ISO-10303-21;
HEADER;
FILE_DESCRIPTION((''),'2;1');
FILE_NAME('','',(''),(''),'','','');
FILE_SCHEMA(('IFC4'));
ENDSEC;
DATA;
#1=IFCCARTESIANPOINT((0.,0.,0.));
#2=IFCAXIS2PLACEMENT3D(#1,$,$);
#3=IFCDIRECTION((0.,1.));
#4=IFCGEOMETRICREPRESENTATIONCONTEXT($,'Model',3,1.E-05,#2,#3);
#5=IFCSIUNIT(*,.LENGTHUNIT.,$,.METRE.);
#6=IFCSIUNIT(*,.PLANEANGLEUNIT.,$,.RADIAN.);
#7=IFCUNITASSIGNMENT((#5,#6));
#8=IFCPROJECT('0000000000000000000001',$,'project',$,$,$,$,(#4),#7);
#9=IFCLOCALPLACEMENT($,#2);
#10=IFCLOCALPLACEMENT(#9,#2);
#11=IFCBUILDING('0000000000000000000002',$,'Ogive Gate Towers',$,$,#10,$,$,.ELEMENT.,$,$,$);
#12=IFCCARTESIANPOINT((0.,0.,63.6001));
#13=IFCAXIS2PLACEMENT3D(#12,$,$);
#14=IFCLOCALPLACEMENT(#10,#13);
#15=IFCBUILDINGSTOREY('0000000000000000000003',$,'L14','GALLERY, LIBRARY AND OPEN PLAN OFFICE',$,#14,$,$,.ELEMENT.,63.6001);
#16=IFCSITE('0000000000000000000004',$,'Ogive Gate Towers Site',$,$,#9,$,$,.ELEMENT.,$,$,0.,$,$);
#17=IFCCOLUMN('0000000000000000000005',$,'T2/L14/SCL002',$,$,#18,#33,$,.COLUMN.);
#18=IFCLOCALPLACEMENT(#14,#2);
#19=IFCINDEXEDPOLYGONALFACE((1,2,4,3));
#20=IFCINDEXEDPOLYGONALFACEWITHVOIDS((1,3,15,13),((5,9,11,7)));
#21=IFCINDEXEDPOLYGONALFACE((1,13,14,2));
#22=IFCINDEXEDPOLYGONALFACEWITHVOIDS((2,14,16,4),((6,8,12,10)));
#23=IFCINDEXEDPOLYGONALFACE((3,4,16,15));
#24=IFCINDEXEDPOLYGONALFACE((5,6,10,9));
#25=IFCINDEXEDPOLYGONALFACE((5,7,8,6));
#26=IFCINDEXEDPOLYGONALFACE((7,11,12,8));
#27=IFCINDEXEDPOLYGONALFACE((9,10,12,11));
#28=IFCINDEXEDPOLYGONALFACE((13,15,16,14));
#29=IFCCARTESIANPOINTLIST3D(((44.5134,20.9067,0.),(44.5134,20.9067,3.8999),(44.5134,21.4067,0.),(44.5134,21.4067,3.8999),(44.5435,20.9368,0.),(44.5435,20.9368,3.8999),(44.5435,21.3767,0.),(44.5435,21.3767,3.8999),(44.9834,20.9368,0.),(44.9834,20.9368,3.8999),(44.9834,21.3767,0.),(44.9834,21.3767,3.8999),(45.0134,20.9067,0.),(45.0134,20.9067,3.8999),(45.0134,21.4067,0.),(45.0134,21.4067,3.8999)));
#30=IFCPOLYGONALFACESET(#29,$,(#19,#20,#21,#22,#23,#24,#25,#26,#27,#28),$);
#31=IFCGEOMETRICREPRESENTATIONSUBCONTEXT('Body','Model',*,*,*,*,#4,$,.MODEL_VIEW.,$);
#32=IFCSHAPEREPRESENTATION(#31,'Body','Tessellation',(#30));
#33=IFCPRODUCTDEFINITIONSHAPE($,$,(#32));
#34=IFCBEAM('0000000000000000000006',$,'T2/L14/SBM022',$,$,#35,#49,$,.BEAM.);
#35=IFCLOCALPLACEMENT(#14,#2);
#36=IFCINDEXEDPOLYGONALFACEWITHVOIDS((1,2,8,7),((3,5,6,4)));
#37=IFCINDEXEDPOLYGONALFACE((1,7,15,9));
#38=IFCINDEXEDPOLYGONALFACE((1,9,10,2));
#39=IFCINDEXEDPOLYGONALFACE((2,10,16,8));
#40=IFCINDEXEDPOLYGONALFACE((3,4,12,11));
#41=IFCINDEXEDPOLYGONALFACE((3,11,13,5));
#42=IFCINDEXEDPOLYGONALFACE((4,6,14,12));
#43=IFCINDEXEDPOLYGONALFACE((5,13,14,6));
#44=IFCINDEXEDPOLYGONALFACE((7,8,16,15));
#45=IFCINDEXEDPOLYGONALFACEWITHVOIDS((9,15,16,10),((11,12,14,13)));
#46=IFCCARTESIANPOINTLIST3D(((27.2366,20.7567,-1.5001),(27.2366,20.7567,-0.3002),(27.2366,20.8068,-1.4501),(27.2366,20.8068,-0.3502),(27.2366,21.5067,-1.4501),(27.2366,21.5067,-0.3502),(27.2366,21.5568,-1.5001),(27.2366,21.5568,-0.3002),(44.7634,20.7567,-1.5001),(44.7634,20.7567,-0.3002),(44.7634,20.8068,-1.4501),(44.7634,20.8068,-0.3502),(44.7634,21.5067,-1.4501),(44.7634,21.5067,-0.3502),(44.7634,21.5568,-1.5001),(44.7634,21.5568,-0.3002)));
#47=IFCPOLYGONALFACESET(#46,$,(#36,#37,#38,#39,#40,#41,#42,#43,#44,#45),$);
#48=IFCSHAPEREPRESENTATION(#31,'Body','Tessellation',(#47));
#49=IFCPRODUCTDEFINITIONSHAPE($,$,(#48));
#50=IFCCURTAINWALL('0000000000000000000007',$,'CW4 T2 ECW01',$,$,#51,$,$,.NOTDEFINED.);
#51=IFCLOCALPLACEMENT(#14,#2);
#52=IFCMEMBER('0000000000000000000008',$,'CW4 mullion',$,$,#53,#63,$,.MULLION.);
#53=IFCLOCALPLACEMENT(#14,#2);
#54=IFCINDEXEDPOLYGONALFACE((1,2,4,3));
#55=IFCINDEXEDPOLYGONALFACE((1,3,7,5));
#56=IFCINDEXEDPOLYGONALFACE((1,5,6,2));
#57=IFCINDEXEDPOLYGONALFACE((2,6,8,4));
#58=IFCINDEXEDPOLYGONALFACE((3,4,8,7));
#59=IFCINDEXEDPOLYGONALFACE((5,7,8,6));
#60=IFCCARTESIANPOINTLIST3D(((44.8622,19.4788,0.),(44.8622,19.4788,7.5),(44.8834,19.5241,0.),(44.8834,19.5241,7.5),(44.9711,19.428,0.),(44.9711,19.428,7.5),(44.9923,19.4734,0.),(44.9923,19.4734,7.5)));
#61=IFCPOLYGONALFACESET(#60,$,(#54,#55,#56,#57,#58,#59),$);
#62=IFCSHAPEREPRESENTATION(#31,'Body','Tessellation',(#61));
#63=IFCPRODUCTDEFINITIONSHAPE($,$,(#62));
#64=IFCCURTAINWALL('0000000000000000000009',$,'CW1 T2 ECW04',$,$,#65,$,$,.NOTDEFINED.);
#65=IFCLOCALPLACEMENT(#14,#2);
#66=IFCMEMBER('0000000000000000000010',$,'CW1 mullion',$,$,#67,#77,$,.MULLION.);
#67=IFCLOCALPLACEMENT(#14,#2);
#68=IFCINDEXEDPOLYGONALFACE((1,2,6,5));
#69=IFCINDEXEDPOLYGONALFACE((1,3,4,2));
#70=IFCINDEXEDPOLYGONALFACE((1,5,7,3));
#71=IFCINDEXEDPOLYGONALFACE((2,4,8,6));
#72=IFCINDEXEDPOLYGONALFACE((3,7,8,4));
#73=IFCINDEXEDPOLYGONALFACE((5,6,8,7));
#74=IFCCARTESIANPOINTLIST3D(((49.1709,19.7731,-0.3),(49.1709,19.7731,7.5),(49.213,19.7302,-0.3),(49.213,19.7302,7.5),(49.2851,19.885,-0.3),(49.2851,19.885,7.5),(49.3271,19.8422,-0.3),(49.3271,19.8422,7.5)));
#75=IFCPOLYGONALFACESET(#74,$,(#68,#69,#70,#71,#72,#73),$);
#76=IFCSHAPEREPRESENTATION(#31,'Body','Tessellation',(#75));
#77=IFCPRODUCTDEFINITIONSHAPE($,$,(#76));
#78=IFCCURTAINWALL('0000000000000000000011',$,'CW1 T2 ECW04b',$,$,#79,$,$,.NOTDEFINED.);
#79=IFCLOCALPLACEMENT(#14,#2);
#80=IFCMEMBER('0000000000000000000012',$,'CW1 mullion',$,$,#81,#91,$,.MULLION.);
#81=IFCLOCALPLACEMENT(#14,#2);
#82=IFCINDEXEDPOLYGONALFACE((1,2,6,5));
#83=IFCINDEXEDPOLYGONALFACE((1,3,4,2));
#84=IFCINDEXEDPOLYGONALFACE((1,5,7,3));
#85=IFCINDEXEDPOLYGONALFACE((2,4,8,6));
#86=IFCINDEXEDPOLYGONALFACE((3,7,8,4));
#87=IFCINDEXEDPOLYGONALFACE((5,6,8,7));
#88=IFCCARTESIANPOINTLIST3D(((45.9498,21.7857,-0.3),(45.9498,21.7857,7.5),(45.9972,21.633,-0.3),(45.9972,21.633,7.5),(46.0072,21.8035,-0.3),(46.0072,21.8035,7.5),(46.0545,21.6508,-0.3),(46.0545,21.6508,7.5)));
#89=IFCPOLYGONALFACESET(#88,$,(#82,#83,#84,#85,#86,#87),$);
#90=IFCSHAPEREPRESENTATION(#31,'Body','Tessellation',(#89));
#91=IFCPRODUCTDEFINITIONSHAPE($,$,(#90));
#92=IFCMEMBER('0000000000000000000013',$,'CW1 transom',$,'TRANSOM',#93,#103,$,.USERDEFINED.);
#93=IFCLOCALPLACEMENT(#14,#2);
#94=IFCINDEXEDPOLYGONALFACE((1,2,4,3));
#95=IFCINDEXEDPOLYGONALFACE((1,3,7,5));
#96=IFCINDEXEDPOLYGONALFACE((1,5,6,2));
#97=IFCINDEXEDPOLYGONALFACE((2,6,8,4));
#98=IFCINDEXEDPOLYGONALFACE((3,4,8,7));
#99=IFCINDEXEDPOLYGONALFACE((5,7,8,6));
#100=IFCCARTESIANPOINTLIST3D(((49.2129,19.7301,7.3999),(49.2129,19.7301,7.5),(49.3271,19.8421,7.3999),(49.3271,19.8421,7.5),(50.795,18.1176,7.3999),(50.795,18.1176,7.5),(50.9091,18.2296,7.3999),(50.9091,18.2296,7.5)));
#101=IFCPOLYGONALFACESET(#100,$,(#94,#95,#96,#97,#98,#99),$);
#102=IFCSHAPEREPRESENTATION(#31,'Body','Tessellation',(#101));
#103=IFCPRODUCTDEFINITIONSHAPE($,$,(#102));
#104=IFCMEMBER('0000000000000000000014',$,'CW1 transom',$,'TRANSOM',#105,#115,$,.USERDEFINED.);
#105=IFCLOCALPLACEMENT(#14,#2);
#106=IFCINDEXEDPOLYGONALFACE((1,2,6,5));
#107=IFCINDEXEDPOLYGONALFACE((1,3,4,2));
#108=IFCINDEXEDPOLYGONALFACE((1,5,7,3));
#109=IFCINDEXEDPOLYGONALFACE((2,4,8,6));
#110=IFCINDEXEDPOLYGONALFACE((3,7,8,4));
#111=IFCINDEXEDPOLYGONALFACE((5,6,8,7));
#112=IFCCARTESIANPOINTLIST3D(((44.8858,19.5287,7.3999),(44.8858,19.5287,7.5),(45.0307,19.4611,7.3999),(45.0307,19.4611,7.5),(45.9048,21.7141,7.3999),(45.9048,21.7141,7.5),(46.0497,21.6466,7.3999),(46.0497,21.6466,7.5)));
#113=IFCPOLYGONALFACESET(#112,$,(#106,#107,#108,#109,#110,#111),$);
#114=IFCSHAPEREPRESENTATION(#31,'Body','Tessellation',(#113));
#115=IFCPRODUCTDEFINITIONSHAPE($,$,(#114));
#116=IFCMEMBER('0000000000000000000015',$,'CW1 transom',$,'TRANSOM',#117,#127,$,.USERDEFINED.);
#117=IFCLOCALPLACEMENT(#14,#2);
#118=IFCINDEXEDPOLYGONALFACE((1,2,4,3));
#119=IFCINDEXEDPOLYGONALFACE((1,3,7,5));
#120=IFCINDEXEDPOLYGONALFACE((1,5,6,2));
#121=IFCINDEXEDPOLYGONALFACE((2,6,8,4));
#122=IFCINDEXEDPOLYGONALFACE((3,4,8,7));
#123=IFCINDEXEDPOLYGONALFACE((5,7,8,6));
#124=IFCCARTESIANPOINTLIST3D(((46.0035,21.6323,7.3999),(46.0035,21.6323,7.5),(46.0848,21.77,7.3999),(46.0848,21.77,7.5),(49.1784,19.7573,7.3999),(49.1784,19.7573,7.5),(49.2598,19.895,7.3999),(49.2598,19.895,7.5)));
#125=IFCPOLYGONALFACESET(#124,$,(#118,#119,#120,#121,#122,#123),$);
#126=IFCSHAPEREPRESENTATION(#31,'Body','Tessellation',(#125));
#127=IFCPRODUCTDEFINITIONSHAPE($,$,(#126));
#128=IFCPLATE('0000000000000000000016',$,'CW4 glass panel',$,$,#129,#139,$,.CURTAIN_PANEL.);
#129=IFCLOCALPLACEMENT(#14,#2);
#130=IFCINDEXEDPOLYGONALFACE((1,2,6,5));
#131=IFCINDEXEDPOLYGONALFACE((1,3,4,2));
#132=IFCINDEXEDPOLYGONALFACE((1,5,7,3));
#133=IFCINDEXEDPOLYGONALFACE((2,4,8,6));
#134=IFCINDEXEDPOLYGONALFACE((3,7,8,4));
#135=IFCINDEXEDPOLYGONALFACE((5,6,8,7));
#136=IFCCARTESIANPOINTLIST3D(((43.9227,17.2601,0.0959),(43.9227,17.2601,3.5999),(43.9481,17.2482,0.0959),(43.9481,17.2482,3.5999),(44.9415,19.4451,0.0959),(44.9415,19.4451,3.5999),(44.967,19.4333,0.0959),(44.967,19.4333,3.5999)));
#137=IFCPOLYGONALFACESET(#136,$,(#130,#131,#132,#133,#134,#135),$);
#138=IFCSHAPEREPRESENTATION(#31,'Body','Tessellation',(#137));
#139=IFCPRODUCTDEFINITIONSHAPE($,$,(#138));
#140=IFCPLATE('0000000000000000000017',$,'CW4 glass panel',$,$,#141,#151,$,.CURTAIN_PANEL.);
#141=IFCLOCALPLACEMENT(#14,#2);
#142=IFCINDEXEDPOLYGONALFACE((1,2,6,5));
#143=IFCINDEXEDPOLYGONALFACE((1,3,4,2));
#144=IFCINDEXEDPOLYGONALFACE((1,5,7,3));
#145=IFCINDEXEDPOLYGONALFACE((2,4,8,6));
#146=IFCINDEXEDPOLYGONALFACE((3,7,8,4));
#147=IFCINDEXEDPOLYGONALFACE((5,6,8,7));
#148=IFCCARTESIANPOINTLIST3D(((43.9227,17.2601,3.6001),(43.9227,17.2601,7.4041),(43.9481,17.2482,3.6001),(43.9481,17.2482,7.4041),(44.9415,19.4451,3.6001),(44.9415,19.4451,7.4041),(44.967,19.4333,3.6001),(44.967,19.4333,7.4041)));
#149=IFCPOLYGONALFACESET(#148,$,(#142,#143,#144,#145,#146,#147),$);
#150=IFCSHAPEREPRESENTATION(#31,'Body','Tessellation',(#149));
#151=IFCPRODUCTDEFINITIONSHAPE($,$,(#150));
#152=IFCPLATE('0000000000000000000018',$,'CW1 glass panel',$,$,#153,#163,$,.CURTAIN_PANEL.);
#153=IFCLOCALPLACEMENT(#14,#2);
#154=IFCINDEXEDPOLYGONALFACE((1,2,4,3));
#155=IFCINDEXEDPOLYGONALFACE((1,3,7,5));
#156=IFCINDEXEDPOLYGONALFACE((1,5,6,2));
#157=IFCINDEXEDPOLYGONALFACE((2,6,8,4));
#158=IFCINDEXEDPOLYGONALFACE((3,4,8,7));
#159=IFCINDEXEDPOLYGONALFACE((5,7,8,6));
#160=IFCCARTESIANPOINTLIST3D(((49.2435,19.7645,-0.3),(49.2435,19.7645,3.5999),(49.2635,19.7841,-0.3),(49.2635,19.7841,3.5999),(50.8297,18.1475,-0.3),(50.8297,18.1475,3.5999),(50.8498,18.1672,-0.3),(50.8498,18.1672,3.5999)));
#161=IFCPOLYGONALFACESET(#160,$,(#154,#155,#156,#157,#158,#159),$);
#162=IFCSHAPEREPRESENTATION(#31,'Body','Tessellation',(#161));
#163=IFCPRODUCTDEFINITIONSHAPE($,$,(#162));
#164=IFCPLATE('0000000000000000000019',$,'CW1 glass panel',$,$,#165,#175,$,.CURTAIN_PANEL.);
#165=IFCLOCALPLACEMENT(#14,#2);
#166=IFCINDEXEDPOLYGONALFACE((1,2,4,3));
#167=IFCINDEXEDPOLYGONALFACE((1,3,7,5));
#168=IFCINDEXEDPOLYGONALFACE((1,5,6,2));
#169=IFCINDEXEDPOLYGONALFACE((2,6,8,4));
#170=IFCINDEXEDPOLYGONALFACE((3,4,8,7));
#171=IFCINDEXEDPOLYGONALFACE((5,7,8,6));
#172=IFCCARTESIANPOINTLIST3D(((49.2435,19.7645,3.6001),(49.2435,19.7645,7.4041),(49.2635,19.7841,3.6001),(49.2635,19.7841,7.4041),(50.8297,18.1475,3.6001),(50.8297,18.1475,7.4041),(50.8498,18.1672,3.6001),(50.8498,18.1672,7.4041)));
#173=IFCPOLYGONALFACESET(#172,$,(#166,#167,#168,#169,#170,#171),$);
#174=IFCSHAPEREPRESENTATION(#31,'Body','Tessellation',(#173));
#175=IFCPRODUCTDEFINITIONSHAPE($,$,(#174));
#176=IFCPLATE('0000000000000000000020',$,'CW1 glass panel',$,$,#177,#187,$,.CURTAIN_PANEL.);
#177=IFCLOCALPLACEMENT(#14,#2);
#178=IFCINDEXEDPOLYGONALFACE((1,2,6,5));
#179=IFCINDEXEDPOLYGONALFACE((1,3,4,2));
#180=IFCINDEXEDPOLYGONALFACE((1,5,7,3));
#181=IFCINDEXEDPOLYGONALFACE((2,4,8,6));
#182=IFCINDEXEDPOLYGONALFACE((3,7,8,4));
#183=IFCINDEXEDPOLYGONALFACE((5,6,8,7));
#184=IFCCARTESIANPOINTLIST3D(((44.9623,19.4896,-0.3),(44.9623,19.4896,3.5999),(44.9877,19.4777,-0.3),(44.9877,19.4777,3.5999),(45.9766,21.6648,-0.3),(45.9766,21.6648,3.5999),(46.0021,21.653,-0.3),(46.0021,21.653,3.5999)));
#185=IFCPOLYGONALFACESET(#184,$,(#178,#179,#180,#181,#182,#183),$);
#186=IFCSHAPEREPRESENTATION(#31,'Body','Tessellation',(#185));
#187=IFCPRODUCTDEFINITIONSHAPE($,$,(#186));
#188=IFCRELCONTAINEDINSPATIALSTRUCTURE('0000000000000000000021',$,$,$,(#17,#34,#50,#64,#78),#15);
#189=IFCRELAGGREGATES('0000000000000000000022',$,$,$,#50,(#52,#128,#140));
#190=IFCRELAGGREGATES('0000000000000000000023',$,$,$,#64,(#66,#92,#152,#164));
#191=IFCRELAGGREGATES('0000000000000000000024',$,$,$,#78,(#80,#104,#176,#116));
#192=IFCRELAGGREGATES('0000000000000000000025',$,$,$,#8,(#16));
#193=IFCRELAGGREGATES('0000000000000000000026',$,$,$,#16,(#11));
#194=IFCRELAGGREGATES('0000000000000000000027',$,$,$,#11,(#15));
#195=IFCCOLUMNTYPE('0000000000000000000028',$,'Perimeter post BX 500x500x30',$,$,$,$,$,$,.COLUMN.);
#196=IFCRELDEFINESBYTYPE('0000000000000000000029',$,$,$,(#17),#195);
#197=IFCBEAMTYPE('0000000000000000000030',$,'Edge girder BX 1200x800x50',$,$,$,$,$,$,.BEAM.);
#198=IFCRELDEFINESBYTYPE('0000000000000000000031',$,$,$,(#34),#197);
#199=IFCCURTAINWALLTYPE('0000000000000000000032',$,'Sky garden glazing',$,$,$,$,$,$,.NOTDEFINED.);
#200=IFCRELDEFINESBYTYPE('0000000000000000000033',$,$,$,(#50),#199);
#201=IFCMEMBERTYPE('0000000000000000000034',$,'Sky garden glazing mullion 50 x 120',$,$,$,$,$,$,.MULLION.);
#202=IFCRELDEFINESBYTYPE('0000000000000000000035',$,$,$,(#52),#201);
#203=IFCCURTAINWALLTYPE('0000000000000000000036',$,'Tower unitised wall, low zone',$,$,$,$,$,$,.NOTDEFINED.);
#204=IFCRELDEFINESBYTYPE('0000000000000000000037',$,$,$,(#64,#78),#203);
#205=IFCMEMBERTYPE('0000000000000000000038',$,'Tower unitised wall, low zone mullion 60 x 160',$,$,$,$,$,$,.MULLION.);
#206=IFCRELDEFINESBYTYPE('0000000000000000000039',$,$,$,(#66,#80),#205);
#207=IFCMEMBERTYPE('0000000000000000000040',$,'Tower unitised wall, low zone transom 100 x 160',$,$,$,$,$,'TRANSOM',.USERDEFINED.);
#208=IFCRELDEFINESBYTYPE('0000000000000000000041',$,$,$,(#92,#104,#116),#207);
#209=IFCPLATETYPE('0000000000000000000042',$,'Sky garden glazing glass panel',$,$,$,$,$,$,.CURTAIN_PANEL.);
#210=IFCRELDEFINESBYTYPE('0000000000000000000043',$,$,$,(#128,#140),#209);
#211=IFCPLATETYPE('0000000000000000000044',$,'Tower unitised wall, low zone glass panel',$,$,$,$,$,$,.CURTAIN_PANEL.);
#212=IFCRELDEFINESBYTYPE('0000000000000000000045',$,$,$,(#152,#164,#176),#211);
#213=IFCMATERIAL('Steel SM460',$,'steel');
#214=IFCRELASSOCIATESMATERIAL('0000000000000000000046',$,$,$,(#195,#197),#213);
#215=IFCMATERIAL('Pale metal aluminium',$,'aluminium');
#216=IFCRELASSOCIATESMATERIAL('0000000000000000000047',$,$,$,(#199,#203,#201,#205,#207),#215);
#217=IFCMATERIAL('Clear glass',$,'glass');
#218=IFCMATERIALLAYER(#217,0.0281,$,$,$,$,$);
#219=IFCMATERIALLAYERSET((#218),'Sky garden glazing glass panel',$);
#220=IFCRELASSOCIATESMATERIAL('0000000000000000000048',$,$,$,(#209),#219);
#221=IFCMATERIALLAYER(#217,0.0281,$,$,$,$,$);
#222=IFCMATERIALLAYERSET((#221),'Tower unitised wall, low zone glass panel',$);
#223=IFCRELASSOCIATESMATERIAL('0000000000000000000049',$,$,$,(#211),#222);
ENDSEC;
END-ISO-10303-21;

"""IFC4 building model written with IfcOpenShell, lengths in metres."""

from ifc_helpers import new_model, si_unit, direction, frame, origin, origin_2d, place, context, subcontext, project, spatial, rectangle, hollow_rectangle, extrude, material, layer, layer_set, material_profile, profile_set, type_object, element, aggregate, save


model = new_model("IFC4")

# Units and contexts
model_context = context("Model", 3, precision=1e-05, world=origin(), true_north=direction((0.0, 1.0)))
body_context = subcontext(model_context, "Body", "Model", "MODEL_VIEW")
ifc_project = project(units=[si_unit("LENGTHUNIT", "METRE"), si_unit("PLANEANGLEUNIT", "RADIAN")], contexts=[model_context])

# Site, building, storey
site_placement = place(None, origin())
site = spatial("IfcSite", under=ifc_project, at=site_placement, Name="Ogive Gate Towers Site", CompositionType="ELEMENT", RefElevation=0.0)
building_placement = place(site_placement, origin())
building = spatial("IfcBuilding", under=site, at=building_placement, Name="Ogive Gate Towers", CompositionType="ELEMENT")
storey_placement = place(building_placement, frame((0.0, 0.0, 63.6001)))
storey = spatial("IfcBuildingStorey", under=building, at=storey_placement, Name="L14", Description="GALLERY, LIBRARY AND OPEN PLAN OFFICE", CompositionType="ELEMENT", Elevation=63.6001)

# Column
ifc_material_1 = material(Name="Steel SM460", Category="steel")
ifc_material_profile_1 = material_profile(ifc_material_1, hollow_rectangle(XDim=0.5, YDim=0.5, WallThickness=0.03, at=origin_2d()), Name="BX 500x500x30")
ifc_profile_set_1 = profile_set([ifc_material_profile_1], Name="Steel SM460")
column_type = type_object("IfcColumnType", Name="Perimeter post BX 500x500x30", PredefinedType="COLUMN", material=ifc_profile_set_1)
column_placement = place(storey_placement, frame((44.7634, 21.1567, 0.0), z_axis=(0.0, 0.0, 1.0), x_axis=(1.0, 0.0, 0.0)))
element("IfcColumn", 1, at=column_placement, inside=storey, type_object=column_type, Name="T2/L14/SCL002", PredefinedType="COLUMN", context=body_context, shape_type="SweptSolid", body=[
    extrude(hollow_rectangle(XDim=0.5, YDim=0.5, WallThickness=0.03, at=origin_2d()), origin(), (0.0, 0.0, 1.0), 3.8999),
])

# Beam
ifc_material_profile_2 = material_profile(ifc_material_1, hollow_rectangle(XDim=0.8, YDim=1.2, WallThickness=0.05, at=origin_2d()), Name="BX 1200x800x50")
ifc_profile_set_2 = profile_set([ifc_material_profile_2], Name="Steel SM460")
beam_type = type_object("IfcBeamType", Name="Edge girder BX 1200x800x50", PredefinedType="BEAM", material=ifc_profile_set_2)
beam_placement = place(storey_placement, frame((44.7634, 21.1567, -0.9001), z_axis=(-1.0, 0.0, 0.0), x_axis=(0.0, -1.0, 0.0)))
element("IfcBeam", 2, at=beam_placement, inside=storey, type_object=beam_type, Name="T2/L14/SBM022", PredefinedType="BEAM", context=body_context, shape_type="SweptSolid", body=[
    extrude(hollow_rectangle(XDim=0.8, YDim=1.2, WallThickness=0.05, at=origin_2d()), origin(), (0.0, 0.0, 1.0), 17.5269),
])

# Curtain walls, members
ifc_material_2 = material(Name="Pale metal aluminium", Category="aluminium")
curtain_wall_type_1 = type_object("IfcCurtainWallType", Name="Sky garden glazing", PredefinedType="NOTDEFINED", material=ifc_material_2)
curtain_wall_1_placement = place(storey_placement, origin())
curtain_wall_1 = element("IfcCurtainWall", 3, at=curtain_wall_1_placement, inside=storey, type_object=curtain_wall_type_1, Name="CW4 T2 ECW01", PredefinedType="NOTDEFINED")
ifc_material_profile_3 = material_profile(ifc_material_2, rectangle(XDim=0.1201, YDim=0.05, at=origin_2d()), Name="50 x 120 aluminium box")
ifc_profile_set_3 = profile_set([ifc_material_profile_3], Name="Pale metal aluminium")
member_type_1 = type_object("IfcMemberType", Name="Sky garden glazing mullion 50 x 120", PredefinedType="MULLION", material=ifc_profile_set_3)
member_1_placement = place(storey_placement, frame((44.9272, 19.4761, 0.0), z_axis=(0.0, 0.0, 1.0), x_axis=(0.906323, -0.422587, 0.0)))
member_1 = element("IfcMember", 4, at=member_1_placement, type_object=member_type_1, Name="CW4 mullion", PredefinedType="MULLION", context=body_context, shape_type="SweptSolid", body=[
    extrude(rectangle(XDim=0.1201, YDim=0.05, at=origin_2d()), origin(), (0.0, 0.0, 1.0), 7.5),
])
curtain_wall_type_2 = type_object("IfcCurtainWallType", Name="Tower unitised wall, low zone", PredefinedType="NOTDEFINED", material=ifc_material_2)
curtain_wall_2_placement = place(storey_placement, origin())
curtain_wall_2 = element("IfcCurtainWall", 5, at=curtain_wall_2_placement, inside=storey, type_object=curtain_wall_type_2, Name="CW1 T2 ECW04", PredefinedType="NOTDEFINED")
ifc_material_profile_4 = material_profile(ifc_material_2, rectangle(XDim=0.1599, YDim=0.0601, at=origin_2d()), Name="60 x 160 aluminium box")
ifc_profile_set_4 = profile_set([ifc_material_profile_4], Name="Pale metal aluminium")
member_type_2 = type_object("IfcMemberType", Name="Tower unitised wall, low zone mullion 60 x 160", PredefinedType="MULLION", material=ifc_profile_set_4)
member_2_placement = place(storey_placement, frame((49.249, 19.8076, -0.3), z_axis=(0.0, 0.0, 1.0), x_axis=(-0.713862, -0.700287, 0.0)))
member_2 = element("IfcMember", 6, at=member_2_placement, type_object=member_type_2, Name="CW1 mullion", PredefinedType="MULLION", context=body_context, shape_type="SweptSolid", body=[
    extrude(rectangle(XDim=0.1599, YDim=0.0601, at=origin_2d()), origin(), (0.0, 0.0, 1.0), 7.8),
])
curtain_wall_3_placement = place(storey_placement, origin())
curtain_wall_3 = element("IfcCurtainWall", 7, at=curtain_wall_3_placement, inside=storey, type_object=curtain_wall_type_2, Name="CW1 T2 ECW04b", PredefinedType="NOTDEFINED")
member_3_placement = place(storey_placement, frame((46.0022, 21.7183, -0.3), z_axis=(0.0, 0.0, 1.0), x_axis=(0.295975, -0.955196, 0.0)))
member_3 = element("IfcMember", 8, at=member_3_placement, type_object=member_type_2, Name="CW1 mullion", PredefinedType="MULLION", context=body_context, shape_type="SweptSolid", body=[
    extrude(rectangle(XDim=0.1599, YDim=0.0601, at=origin_2d()), origin(), (0.0, 0.0, 1.0), 7.8),
])

# Members
ifc_material_profile_5 = material_profile(ifc_material_2, rectangle(XDim=0.1599, YDim=0.1001, at=origin_2d()), Name="100 x 160 aluminium box")
ifc_profile_set_5 = profile_set([ifc_material_profile_5], Name="Pale metal aluminium")
member_type_3 = type_object("IfcMemberType", Name="Tower unitised wall, low zone transom 100 x 160", ElementType="TRANSOM", PredefinedType="USERDEFINED", material=ifc_profile_set_5)
member_4_placement = place(storey_placement, frame((49.27, 19.7861, 7.45), z_axis=(0.70032, -0.713829, 0.0), x_axis=(0.713829, 0.70032, 0.0)))
member_4 = element("IfcMember", 9, at=member_4_placement, type_object=member_type_3, Name="CW1 transom", ObjectType="TRANSOM", PredefinedType="USERDEFINED", context=body_context, shape_type="SweptSolid", body=[
    extrude(rectangle(XDim=0.1599, YDim=0.1001, at=origin_2d()), origin(), (0.0, 0.0, 1.0), 2.259),
])
member_5_placement = place(storey_placement, frame((44.9583, 19.4949, 7.45), z_axis=(0.422586, 0.906323, 0.0), x_axis=(-0.906323, 0.422586, 0.0)))
member_5 = element("IfcMember", 10, at=member_5_placement, type_object=member_type_3, Name="CW1 transom", ObjectType="TRANSOM", PredefinedType="USERDEFINED", context=body_context, shape_type="SweptSolid", body=[
    extrude(rectangle(XDim=0.1599, YDim=0.1001, at=origin_2d()), origin(), (0.0, 0.0, 1.0), 2.4114),
])
member_6_placement = place(storey_placement, frame((46.0442, 21.7012, 7.45), z_axis=(0.861048, -0.508524, 0.0), x_axis=(0.508524, 0.861048, 0.0)))
member_6 = element("IfcMember", 11, at=member_6_placement, type_object=member_type_3, Name="CW1 transom", ObjectType="TRANSOM", PredefinedType="USERDEFINED", context=body_context, shape_type="SweptSolid", body=[
    extrude(rectangle(XDim=0.1599, YDim=0.1001, at=origin_2d()), origin(), (0.0, 0.0, 1.0), 3.6873),
])

# Plates
ifc_material_3 = material(Name="Clear glass", Category="glass")
ifc_layer_1 = layer(ifc_material_3, 0.0281)
ifc_layer_set_1 = layer_set([ifc_layer_1], Name="Sky garden glazing glass panel")
plate_type_1 = type_object("IfcPlateType", Name="Sky garden glazing glass panel", PredefinedType="CURTAIN_PANEL", material=ifc_layer_set_1)
plate_1_placement = place(storey_placement, frame((44.4448, 18.3467, 0.0959), z_axis=(0.0, 0.0, 1.0), x_axis=(0.422587, 0.906323, 0.0)))
plate_1 = element("IfcPlate", 12, at=plate_1_placement, type_object=plate_type_1, Name="CW4 glass panel", PredefinedType="CURTAIN_PANEL", context=body_context, shape_type="SweptSolid", body=[
    extrude(rectangle(XDim=2.4109, YDim=0.0281, at=origin_2d()), origin(), (0.0, 0.0, 1.0), 3.5039),
])
plate_2_placement = place(storey_placement, frame((44.4448, 18.3467, 3.6001), z_axis=(0.0, 0.0, 1.0), x_axis=(0.422587, 0.906323, 0.0)))
plate_2 = element("IfcPlate", 13, at=plate_2_placement, type_object=plate_type_1, Name="CW4 glass panel", PredefinedType="CURTAIN_PANEL", context=body_context, shape_type="SweptSolid", body=[
    extrude(rectangle(XDim=2.4109, YDim=0.0281, at=origin_2d()), origin(), (0.0, 0.0, 1.0), 3.804),
])
aggregate(curtain_wall_1, [member_1, plate_1, plate_2])
ifc_layer_2 = layer(ifc_material_3, 0.0281)
ifc_layer_set_2 = layer_set([ifc_layer_2], Name="Tower unitised wall, low zone glass panel")
plate_type_2 = type_object("IfcPlateType", Name="Tower unitised wall, low zone glass panel", PredefinedType="CURTAIN_PANEL", material=ifc_layer_set_2)
plate_3_placement = place(storey_placement, frame((50.0466, 18.9658, -0.3), z_axis=(0.0, 0.0, 1.0), x_axis=(0.700287, -0.713862, 0.0)))
plate_3 = element("IfcPlate", 14, at=plate_3_placement, type_object=plate_type_2, Name="CW1 glass panel", PredefinedType="CURTAIN_PANEL", context=body_context, shape_type="SweptSolid", body=[
    extrude(rectangle(XDim=2.2651, YDim=0.0281, at=origin_2d()), origin(), (0.0, 0.0, 1.0), 3.8999),
])
plate_4_placement = place(storey_placement, frame((50.0466, 18.9658, 3.6001), z_axis=(0.0, 0.0, 1.0), x_axis=(0.700287, -0.713862, 0.0)))
plate_4 = element("IfcPlate", 15, at=plate_4_placement, type_object=plate_type_2, Name="CW1 glass panel", PredefinedType="CURTAIN_PANEL", context=body_context, shape_type="SweptSolid", body=[
    extrude(rectangle(XDim=2.2651, YDim=0.0281, at=origin_2d()), origin(), (0.0, 0.0, 1.0), 3.804),
])
aggregate(curtain_wall_2, [member_2, member_4, plate_3, plate_4])
plate_5_placement = place(storey_placement, frame((45.4822, 20.5713, -0.3), z_axis=(0.0, 0.0, 1.0), x_axis=(0.422634, 0.9063, 0.0)))
plate_5 = element("IfcPlate", 16, at=plate_5_placement, type_object=plate_type_2, Name="CW1 glass panel", PredefinedType="CURTAIN_PANEL", context=body_context, shape_type="SweptSolid", body=[
    extrude(rectangle(XDim=2.4001, YDim=0.0281, at=origin_2d()), origin(), (0.0, 0.0, 1.0), 3.8999),
])
aggregate(curtain_wall_3, [member_3, member_5, plate_5, member_6])

save(model, "model.ifc")
